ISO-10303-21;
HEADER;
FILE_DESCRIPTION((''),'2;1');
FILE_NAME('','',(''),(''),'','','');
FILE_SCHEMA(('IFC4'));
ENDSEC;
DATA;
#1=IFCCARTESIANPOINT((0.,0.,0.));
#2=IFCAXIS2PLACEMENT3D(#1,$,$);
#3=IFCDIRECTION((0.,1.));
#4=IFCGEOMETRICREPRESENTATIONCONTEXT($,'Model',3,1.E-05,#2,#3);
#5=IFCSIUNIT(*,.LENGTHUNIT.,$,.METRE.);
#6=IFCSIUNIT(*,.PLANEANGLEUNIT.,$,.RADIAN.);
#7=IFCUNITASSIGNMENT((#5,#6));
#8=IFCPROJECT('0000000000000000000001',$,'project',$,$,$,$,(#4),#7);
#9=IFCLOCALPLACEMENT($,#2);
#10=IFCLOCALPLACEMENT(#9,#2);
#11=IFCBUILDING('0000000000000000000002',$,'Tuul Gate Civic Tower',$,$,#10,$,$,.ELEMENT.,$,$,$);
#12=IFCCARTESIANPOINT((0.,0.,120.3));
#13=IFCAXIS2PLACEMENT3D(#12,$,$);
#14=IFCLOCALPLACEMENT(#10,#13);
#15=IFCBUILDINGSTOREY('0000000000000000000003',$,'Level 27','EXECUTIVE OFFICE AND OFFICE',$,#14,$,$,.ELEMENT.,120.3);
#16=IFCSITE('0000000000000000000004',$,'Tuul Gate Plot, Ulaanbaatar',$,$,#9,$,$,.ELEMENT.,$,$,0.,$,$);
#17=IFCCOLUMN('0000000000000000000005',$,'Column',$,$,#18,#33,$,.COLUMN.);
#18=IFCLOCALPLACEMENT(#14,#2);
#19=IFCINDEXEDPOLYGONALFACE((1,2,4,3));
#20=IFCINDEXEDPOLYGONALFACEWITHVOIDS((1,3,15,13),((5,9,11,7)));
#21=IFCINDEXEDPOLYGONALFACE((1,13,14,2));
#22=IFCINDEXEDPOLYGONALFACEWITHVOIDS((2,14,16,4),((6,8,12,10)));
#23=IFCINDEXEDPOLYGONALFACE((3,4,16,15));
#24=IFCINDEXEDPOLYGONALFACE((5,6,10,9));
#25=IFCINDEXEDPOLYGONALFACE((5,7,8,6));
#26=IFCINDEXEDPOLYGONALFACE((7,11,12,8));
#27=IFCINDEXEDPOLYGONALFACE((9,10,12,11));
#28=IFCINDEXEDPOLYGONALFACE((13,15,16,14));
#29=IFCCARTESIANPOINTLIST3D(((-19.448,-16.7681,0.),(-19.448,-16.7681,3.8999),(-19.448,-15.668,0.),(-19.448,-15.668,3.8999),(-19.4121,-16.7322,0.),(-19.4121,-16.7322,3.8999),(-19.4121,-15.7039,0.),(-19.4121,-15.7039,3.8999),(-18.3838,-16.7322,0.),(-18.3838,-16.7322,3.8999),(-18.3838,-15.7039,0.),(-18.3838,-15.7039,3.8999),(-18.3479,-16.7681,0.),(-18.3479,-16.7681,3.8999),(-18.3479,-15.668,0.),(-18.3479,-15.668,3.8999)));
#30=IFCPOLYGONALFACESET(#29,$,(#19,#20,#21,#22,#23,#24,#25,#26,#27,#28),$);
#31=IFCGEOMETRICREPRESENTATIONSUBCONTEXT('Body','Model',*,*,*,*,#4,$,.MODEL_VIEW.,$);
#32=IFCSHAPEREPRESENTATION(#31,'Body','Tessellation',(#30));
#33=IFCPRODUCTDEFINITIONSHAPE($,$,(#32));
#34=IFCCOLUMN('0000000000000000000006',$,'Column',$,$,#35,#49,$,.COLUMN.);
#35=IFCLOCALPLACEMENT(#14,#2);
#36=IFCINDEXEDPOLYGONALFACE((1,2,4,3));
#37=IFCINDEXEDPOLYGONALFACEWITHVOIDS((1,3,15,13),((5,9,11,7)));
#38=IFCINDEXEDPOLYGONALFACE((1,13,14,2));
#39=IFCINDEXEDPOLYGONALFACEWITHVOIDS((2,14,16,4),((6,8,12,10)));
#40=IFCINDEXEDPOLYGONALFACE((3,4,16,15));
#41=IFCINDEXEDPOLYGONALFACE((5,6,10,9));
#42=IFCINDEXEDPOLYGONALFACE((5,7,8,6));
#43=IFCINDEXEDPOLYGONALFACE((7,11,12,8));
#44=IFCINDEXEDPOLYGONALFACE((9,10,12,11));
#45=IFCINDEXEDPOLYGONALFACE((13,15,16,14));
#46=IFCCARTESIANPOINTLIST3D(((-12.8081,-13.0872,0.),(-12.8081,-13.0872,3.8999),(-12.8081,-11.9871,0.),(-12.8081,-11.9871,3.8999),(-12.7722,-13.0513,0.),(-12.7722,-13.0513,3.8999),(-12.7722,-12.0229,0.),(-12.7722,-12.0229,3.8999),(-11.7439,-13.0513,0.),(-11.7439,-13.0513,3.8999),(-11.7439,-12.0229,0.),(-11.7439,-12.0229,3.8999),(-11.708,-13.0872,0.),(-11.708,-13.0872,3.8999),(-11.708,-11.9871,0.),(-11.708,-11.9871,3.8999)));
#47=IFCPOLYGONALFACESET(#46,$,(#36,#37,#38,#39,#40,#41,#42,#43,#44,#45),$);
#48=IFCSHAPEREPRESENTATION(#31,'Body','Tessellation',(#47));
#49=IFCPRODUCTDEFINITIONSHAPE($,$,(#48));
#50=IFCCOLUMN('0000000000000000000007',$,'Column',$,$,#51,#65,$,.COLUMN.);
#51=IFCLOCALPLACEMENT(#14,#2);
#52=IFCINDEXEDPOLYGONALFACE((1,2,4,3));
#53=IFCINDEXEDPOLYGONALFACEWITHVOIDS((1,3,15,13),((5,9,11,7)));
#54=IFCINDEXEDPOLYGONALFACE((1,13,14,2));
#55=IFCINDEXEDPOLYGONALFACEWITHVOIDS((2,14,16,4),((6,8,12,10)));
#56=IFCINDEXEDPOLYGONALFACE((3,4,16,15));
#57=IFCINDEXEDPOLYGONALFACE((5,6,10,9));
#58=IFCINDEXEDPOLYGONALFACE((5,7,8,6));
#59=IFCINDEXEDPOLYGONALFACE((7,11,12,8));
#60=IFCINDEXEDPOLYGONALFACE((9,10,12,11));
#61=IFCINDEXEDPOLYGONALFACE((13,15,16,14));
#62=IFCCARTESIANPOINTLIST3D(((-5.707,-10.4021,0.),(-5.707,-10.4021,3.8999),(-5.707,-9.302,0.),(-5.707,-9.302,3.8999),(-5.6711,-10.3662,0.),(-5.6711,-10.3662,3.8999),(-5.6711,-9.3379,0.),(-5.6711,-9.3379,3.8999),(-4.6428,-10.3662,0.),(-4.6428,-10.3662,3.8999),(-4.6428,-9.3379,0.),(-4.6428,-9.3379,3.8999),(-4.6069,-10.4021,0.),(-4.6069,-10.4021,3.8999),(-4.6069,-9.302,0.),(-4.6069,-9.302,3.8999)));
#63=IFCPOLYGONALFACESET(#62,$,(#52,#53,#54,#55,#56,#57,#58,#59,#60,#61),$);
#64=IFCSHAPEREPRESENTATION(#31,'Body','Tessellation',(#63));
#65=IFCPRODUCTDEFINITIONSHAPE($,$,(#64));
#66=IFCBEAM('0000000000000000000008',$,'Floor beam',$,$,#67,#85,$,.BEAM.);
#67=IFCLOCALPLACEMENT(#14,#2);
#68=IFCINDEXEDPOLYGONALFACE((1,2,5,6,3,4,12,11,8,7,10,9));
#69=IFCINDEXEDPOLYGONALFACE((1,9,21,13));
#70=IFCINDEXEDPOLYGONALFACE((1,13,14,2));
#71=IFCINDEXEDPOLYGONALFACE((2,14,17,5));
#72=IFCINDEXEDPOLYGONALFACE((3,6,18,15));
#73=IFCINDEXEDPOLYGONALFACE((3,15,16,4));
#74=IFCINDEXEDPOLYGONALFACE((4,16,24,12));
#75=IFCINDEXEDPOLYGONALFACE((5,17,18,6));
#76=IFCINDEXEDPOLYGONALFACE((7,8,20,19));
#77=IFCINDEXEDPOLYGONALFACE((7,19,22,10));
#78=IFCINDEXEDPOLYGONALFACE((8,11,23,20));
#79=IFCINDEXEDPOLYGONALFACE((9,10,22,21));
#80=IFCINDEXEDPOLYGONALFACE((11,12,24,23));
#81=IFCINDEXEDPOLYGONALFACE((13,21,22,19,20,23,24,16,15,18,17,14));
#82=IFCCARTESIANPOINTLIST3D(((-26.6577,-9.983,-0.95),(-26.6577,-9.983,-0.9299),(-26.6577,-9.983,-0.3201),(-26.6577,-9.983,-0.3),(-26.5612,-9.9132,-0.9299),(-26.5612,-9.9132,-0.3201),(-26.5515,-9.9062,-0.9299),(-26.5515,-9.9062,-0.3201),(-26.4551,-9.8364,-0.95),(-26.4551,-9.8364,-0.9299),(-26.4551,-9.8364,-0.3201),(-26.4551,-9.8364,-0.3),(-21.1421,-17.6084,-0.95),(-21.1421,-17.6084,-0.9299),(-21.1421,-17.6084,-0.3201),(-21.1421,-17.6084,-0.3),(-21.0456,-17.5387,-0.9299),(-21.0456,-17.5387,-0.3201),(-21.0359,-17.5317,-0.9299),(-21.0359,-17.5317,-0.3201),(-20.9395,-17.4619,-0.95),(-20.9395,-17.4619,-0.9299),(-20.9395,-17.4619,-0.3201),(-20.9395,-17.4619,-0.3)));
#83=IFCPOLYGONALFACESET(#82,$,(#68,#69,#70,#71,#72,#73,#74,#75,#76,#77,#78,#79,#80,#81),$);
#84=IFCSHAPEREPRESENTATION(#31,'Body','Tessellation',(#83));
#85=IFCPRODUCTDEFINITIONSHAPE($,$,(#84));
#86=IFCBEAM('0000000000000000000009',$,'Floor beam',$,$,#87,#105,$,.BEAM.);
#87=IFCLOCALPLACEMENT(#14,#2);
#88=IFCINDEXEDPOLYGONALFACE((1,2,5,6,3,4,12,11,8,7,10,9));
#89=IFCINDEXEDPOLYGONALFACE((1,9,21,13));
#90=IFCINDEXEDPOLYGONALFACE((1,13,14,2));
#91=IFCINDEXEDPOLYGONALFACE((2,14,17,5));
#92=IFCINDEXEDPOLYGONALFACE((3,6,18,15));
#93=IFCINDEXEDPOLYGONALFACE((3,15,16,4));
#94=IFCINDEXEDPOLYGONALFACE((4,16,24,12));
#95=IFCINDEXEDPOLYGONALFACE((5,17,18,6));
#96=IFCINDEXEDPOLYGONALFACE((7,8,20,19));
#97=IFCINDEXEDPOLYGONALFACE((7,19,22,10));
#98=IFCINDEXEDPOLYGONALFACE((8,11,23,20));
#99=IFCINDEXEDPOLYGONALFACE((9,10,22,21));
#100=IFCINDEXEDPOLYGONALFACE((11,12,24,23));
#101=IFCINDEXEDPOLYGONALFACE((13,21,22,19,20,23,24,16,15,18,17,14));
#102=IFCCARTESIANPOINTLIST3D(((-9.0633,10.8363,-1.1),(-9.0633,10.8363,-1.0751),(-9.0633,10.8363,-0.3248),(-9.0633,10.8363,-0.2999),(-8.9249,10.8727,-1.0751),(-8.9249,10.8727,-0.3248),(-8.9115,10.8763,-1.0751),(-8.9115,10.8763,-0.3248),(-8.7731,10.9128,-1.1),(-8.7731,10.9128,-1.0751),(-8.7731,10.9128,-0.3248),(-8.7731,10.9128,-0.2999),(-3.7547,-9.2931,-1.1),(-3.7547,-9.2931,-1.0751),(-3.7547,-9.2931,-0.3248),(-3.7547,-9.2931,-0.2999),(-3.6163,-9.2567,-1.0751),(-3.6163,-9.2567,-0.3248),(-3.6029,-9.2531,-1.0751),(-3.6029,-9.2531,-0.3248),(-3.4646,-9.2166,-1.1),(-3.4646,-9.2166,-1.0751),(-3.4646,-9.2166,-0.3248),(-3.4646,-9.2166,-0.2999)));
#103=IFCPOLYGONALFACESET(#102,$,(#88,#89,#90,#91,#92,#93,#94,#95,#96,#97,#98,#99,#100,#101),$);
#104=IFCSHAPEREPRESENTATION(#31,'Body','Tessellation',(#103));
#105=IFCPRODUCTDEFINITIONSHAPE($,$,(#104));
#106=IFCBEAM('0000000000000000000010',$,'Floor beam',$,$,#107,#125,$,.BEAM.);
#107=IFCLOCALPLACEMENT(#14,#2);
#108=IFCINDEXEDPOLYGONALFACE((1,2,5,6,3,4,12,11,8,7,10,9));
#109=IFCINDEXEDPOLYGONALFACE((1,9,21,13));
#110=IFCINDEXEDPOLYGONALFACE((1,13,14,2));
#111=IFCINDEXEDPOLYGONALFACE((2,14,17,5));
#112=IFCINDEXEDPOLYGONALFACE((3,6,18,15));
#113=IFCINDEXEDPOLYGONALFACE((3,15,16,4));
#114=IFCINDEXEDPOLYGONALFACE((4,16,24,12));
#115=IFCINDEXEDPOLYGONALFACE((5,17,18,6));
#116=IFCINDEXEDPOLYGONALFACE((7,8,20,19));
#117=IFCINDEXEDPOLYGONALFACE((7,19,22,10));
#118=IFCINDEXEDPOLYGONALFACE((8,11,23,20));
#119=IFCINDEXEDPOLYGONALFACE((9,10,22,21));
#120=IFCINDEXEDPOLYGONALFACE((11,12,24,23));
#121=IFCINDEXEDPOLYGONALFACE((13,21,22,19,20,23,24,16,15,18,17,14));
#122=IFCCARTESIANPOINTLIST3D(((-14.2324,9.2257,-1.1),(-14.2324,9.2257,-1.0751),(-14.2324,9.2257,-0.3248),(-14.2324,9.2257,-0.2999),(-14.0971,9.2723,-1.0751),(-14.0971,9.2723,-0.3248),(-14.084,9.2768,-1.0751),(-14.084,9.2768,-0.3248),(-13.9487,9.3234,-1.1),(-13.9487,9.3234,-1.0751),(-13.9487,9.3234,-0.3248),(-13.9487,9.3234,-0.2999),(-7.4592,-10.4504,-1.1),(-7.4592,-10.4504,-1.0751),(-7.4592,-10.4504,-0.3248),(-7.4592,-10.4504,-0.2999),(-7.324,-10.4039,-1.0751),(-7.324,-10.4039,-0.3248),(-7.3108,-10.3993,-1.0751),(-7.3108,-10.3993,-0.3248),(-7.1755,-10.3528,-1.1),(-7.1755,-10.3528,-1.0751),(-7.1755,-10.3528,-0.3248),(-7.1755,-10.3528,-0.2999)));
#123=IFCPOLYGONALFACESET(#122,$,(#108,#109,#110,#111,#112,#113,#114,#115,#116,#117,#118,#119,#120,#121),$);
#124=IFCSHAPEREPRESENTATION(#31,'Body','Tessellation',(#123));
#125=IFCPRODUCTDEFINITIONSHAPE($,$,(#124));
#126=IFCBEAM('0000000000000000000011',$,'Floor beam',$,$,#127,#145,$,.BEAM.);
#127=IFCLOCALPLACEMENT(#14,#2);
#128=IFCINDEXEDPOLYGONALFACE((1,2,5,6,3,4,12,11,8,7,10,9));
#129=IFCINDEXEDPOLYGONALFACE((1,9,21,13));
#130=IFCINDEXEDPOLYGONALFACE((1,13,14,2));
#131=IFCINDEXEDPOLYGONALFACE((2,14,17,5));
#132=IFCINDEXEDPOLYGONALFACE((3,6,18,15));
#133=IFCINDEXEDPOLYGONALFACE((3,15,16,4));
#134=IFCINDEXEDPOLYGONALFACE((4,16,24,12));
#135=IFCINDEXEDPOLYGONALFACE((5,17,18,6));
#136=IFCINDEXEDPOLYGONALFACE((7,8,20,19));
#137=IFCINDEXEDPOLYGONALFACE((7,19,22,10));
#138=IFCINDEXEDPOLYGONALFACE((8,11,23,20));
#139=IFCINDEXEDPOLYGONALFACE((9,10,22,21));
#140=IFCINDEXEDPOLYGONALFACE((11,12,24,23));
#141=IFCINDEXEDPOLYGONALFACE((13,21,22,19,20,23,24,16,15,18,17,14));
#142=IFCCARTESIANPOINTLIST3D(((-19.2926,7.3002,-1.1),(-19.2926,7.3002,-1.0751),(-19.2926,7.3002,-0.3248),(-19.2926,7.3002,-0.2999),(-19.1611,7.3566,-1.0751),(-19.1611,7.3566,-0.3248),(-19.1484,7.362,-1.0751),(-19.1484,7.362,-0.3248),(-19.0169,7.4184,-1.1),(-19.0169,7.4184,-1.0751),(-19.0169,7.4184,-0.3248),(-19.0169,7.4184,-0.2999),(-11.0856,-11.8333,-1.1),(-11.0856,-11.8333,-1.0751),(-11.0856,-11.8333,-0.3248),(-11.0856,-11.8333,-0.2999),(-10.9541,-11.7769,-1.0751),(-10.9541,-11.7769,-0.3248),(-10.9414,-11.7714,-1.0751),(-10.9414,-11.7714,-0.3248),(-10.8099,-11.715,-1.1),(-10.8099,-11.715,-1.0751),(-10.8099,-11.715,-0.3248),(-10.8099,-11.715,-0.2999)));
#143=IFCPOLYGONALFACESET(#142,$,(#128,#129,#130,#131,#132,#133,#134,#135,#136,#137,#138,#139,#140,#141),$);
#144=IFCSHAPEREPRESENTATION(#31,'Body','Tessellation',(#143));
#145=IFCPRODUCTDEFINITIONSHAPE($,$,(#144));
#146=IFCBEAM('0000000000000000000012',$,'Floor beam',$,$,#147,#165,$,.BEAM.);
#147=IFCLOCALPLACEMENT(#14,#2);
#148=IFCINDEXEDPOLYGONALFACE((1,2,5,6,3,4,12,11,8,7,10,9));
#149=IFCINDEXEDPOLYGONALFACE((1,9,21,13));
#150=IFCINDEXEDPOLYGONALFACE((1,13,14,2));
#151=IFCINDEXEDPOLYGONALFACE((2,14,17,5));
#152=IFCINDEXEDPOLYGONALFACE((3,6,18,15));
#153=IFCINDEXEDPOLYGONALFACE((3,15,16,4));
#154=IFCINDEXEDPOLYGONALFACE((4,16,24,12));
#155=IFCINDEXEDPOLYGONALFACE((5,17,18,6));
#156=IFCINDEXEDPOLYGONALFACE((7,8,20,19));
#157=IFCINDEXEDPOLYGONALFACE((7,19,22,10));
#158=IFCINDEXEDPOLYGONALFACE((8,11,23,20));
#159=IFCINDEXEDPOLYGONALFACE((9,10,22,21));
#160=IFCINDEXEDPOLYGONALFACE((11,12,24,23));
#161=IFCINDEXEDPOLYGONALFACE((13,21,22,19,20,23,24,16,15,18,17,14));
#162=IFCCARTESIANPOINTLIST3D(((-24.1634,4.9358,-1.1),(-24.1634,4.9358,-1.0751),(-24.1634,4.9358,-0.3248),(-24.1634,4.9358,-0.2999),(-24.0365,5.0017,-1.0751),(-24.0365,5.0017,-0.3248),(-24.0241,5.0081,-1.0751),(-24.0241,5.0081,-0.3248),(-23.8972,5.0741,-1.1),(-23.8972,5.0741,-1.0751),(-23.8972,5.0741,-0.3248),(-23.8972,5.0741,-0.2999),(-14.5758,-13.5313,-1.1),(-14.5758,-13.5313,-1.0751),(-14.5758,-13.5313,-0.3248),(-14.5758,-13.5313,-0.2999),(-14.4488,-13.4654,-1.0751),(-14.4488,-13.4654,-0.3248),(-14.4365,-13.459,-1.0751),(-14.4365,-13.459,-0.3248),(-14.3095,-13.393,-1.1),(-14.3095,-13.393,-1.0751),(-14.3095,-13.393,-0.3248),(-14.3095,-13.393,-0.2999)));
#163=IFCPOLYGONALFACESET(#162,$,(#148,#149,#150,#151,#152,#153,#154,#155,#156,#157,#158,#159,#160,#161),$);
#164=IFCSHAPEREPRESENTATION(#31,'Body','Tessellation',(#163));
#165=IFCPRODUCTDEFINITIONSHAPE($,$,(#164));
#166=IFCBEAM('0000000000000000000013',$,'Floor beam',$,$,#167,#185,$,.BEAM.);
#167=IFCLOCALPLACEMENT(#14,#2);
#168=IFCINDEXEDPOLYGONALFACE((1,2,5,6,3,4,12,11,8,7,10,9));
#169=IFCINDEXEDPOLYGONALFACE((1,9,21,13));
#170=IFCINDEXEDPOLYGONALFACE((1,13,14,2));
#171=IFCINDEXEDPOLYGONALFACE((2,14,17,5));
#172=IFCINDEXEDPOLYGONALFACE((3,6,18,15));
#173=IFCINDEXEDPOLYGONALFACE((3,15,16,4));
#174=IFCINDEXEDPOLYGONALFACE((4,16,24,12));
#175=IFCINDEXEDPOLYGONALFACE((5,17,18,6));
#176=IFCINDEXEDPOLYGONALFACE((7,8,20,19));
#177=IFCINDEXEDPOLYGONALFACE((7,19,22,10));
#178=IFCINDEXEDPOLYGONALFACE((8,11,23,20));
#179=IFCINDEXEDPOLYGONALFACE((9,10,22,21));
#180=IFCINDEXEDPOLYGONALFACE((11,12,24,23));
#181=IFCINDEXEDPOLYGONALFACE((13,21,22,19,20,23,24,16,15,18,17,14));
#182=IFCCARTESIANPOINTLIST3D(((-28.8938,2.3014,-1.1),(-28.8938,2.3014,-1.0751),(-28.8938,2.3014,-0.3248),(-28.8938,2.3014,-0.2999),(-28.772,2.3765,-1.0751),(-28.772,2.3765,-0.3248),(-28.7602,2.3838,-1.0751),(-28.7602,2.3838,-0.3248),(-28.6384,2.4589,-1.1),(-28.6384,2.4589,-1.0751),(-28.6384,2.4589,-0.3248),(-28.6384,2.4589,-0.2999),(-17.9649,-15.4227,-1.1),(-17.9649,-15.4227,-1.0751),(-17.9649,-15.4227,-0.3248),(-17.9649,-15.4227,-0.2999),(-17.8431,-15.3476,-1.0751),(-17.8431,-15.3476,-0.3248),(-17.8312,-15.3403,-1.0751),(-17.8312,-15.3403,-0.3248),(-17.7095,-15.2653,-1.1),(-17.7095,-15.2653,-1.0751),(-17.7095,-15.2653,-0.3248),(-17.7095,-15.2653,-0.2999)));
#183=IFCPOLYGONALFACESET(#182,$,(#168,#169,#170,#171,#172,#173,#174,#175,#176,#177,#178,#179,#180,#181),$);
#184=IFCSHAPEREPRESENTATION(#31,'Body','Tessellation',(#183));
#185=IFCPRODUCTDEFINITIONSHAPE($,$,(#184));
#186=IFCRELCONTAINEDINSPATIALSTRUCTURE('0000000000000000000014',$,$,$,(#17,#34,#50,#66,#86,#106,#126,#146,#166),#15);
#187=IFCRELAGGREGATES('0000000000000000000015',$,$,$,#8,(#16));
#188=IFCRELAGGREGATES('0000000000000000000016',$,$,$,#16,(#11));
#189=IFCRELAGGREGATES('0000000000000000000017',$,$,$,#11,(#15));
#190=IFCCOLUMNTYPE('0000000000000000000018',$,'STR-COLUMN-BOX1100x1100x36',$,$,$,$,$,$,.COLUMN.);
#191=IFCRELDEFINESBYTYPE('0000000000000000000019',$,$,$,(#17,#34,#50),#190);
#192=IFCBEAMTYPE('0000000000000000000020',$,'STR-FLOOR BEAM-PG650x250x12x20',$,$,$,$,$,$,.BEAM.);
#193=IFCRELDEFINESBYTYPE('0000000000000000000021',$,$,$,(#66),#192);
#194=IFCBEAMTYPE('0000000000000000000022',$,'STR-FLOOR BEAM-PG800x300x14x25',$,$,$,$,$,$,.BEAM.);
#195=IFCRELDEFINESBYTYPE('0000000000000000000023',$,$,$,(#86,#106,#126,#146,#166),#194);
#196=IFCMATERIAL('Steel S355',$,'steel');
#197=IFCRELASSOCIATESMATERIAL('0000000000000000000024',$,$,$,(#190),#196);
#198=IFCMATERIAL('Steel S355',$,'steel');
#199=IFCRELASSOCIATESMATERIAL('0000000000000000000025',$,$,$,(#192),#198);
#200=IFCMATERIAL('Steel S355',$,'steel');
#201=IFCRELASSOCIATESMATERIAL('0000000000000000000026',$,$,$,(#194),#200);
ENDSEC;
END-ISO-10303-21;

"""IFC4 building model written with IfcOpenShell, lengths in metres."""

from ifc_helpers import new_model, si_unit, direction, frame, origin, origin_2d, place, context, subcontext, project, spatial, hollow_rectangle, i_section, extrude, material, material_profile, profile_set, type_object, element, save


model = new_model("IFC4")

# Units and contexts
model_context = context("Model", 3, precision=1e-05, world=origin(), true_north=direction((0.0, 1.0)))
body_context = subcontext(model_context, "Body", "Model", "MODEL_VIEW")
ifc_project = project(units=[si_unit("LENGTHUNIT", "METRE"), si_unit("PLANEANGLEUNIT", "RADIAN")], contexts=[model_context])

# Site, building, storey
site_placement = place(None, origin())
site = spatial("IfcSite", under=ifc_project, at=site_placement, Name="Tuul Gate Plot, Ulaanbaatar", CompositionType="ELEMENT", RefElevation=0.0)
building_placement = place(site_placement, origin())
building = spatial("IfcBuilding", under=site, at=building_placement, Name="Tuul Gate Civic Tower", CompositionType="ELEMENT")
storey_placement = place(building_placement, frame((0.0, 0.0, 120.3)))
storey = spatial("IfcBuildingStorey", under=building, at=storey_placement, Name="Level 27", Description="EXECUTIVE OFFICE AND OFFICE", CompositionType="ELEMENT", Elevation=120.3)

# Columns
ifc_material_1 = material(Name="Steel S355", Category="steel")
ifc_material_profile_1 = material_profile(ifc_material_1, hollow_rectangle(XDim=1.1001, YDim=1.1001, WallThickness=0.0359, at=origin_2d()), Name="BOX1100x1100x36")
ifc_profile_set_1 = profile_set([ifc_material_profile_1], Name="Steel S355")
column_type = type_object("IfcColumnType", Name="STR-COLUMN-BOX1100x1100x36", PredefinedType="COLUMN", material=ifc_profile_set_1)
for number, where, z_axis, x_axis, name in (
    (1, (-18.8979, -16.218, 0.0), (0.0, 0.0, 1.0), (1.0, 0.0, 0.0), "Column"),
    (2, (-12.2581, -12.5371, 0.0), (0.0, 0.0, 1.0), (1.0, 0.0, 0.0), "Column"),
    (3, (-5.157, -9.8521, 0.0), (0.0, 0.0, 1.0), (1.0, 0.0, 0.0), "Column"),
):
    element("IfcColumn", number, at=place(storey_placement, frame(where, z_axis=z_axis, x_axis=x_axis)), inside=storey, type_object=column_type, Name=name, PredefinedType="COLUMN", context=body_context, shape_type="SweptSolid", body=[
        extrude(hollow_rectangle(XDim=1.1001, YDim=1.1001, WallThickness=0.0359, at=origin_2d()), origin(), (0.0, 0.0, 1.0), 3.8999),
    ])

# Beams
ifc_material_2 = material(Name="Steel S355", Category="steel")
ifc_material_profile_2 = material_profile(ifc_material_2, i_section(OverallWidth=0.25, OverallDepth=0.6499, WebThickness=0.012, FlangeThickness=0.02, at=origin_2d()), Name="PG650x250x12x20")
ifc_profile_set_2 = profile_set([ifc_material_profile_2], Name="Steel S355")
beam_type_1 = type_object("IfcBeamType", Name="STR-FLOOR BEAM-PG650x250x12x20", PredefinedType="BEAM", material=ifc_profile_set_2)
beam_1_placement = place(storey_placement, frame((-21.0408, -17.5352, -0.625), z_axis=(-0.586072, 0.810259, 0.0), x_axis=(-0.810259, -0.586072, 0.0)))
element("IfcBeam", 4, at=beam_1_placement, inside=storey, type_object=beam_type_1, Name="Floor beam", PredefinedType="BEAM", context=body_context, shape_type="SweptSolid", body=[
    extrude(i_section(OverallWidth=0.25, OverallDepth=0.6499, WebThickness=0.012, FlangeThickness=0.02, at=origin_2d()), origin(), (0.0, 0.0, 1.0), 9.4111),
])
ifc_material_3 = material(Name="Steel S355", Category="steel")
ifc_material_profile_3 = material_profile(ifc_material_3, i_section(OverallWidth=0.3, OverallDepth=0.8, WebThickness=0.0139, FlangeThickness=0.0249, at=origin_2d()), Name="PG800x300x14x25")
ifc_profile_set_3 = profile_set([ifc_material_profile_3], Name="Steel S355")
beam_type_2 = type_object("IfcBeamType", Name="STR-FLOOR BEAM-PG800x300x14x25", PredefinedType="BEAM", material=ifc_profile_set_3)
beam_2_placement = place(storey_placement, frame((-3.6096, -9.2549, -0.7), z_axis=(-0.255005, 0.96694, 0.0), x_axis=(-0.96694, -0.255005, 0.0)))
element("IfcBeam", 5, at=beam_2_placement, inside=storey, type_object=beam_type_2, Name="Floor beam", PredefinedType="BEAM", context=body_context, shape_type="SweptSolid", body=[
    extrude(i_section(OverallWidth=0.3, OverallDepth=0.8, WebThickness=0.0139, FlangeThickness=0.0249, at=origin_2d()), origin(), (0.0, 0.0, 1.0), 20.8176),
])
beam_3_placement = place(storey_placement, frame((-7.3174, -10.4016, -0.7), z_axis=(-0.325487, 0.945547, 0.0), x_axis=(-0.945547, -0.325487, 0.0)))
element("IfcBeam", 6, at=beam_3_placement, inside=storey, type_object=beam_type_2, Name="Floor beam", PredefinedType="BEAM", context=body_context, shape_type="SweptSolid", body=[
    extrude(i_section(OverallWidth=0.3, OverallDepth=0.8, WebThickness=0.0139, FlangeThickness=0.0249, at=origin_2d()), origin(), (0.0, 0.0, 1.0), 20.8093),
])
beam_4_placement = place(storey_placement, frame((-10.9478, -11.7742, -0.7), z_axis=(-0.394201, 0.919024, 0.0), x_axis=(-0.919024, -0.394201, 0.0)))
element("IfcBeam", 7, at=beam_4_placement, inside=storey, type_object=beam_type_2, Name="Floor beam", PredefinedType="BEAM", context=body_context, shape_type="SweptSolid", body=[
    extrude(i_section(OverallWidth=0.3, OverallDepth=0.8, WebThickness=0.0139, FlangeThickness=0.0249, at=origin_2d()), origin(), (0.0, 0.0, 1.0), 20.8193),
])
beam_5_placement = place(storey_placement, frame((-14.4426, -13.4622, -0.7), z_axis=(-0.460777, 0.887516, 0.0), x_axis=(-0.887516, -0.460777, 0.0)))
element("IfcBeam", 8, at=beam_5_placement, inside=storey, type_object=beam_type_2, Name="Floor beam", PredefinedType="BEAM", context=body_context, shape_type="SweptSolid", body=[
    extrude(i_section(OverallWidth=0.3, OverallDepth=0.8, WebThickness=0.0139, FlangeThickness=0.0249, at=origin_2d()), origin(), (0.0, 0.0, 1.0), 20.8076),
])
beam_6_placement = place(storey_placement, frame((-17.8372, -15.344, -0.7), z_axis=(-0.524857, 0.851191, 0.0), x_axis=(-0.851191, -0.524857, 0.0)))
element("IfcBeam", 9, at=beam_6_placement, inside=storey, type_object=beam_type_2, Name="Floor beam", PredefinedType="BEAM", context=body_context, shape_type="SweptSolid", body=[
    extrude(i_section(OverallWidth=0.3, OverallDepth=0.8, WebThickness=0.0139, FlangeThickness=0.0249, at=origin_2d()), origin(), (0.0, 0.0, 1.0), 20.8228),
])

save(model, "model.ifc")
